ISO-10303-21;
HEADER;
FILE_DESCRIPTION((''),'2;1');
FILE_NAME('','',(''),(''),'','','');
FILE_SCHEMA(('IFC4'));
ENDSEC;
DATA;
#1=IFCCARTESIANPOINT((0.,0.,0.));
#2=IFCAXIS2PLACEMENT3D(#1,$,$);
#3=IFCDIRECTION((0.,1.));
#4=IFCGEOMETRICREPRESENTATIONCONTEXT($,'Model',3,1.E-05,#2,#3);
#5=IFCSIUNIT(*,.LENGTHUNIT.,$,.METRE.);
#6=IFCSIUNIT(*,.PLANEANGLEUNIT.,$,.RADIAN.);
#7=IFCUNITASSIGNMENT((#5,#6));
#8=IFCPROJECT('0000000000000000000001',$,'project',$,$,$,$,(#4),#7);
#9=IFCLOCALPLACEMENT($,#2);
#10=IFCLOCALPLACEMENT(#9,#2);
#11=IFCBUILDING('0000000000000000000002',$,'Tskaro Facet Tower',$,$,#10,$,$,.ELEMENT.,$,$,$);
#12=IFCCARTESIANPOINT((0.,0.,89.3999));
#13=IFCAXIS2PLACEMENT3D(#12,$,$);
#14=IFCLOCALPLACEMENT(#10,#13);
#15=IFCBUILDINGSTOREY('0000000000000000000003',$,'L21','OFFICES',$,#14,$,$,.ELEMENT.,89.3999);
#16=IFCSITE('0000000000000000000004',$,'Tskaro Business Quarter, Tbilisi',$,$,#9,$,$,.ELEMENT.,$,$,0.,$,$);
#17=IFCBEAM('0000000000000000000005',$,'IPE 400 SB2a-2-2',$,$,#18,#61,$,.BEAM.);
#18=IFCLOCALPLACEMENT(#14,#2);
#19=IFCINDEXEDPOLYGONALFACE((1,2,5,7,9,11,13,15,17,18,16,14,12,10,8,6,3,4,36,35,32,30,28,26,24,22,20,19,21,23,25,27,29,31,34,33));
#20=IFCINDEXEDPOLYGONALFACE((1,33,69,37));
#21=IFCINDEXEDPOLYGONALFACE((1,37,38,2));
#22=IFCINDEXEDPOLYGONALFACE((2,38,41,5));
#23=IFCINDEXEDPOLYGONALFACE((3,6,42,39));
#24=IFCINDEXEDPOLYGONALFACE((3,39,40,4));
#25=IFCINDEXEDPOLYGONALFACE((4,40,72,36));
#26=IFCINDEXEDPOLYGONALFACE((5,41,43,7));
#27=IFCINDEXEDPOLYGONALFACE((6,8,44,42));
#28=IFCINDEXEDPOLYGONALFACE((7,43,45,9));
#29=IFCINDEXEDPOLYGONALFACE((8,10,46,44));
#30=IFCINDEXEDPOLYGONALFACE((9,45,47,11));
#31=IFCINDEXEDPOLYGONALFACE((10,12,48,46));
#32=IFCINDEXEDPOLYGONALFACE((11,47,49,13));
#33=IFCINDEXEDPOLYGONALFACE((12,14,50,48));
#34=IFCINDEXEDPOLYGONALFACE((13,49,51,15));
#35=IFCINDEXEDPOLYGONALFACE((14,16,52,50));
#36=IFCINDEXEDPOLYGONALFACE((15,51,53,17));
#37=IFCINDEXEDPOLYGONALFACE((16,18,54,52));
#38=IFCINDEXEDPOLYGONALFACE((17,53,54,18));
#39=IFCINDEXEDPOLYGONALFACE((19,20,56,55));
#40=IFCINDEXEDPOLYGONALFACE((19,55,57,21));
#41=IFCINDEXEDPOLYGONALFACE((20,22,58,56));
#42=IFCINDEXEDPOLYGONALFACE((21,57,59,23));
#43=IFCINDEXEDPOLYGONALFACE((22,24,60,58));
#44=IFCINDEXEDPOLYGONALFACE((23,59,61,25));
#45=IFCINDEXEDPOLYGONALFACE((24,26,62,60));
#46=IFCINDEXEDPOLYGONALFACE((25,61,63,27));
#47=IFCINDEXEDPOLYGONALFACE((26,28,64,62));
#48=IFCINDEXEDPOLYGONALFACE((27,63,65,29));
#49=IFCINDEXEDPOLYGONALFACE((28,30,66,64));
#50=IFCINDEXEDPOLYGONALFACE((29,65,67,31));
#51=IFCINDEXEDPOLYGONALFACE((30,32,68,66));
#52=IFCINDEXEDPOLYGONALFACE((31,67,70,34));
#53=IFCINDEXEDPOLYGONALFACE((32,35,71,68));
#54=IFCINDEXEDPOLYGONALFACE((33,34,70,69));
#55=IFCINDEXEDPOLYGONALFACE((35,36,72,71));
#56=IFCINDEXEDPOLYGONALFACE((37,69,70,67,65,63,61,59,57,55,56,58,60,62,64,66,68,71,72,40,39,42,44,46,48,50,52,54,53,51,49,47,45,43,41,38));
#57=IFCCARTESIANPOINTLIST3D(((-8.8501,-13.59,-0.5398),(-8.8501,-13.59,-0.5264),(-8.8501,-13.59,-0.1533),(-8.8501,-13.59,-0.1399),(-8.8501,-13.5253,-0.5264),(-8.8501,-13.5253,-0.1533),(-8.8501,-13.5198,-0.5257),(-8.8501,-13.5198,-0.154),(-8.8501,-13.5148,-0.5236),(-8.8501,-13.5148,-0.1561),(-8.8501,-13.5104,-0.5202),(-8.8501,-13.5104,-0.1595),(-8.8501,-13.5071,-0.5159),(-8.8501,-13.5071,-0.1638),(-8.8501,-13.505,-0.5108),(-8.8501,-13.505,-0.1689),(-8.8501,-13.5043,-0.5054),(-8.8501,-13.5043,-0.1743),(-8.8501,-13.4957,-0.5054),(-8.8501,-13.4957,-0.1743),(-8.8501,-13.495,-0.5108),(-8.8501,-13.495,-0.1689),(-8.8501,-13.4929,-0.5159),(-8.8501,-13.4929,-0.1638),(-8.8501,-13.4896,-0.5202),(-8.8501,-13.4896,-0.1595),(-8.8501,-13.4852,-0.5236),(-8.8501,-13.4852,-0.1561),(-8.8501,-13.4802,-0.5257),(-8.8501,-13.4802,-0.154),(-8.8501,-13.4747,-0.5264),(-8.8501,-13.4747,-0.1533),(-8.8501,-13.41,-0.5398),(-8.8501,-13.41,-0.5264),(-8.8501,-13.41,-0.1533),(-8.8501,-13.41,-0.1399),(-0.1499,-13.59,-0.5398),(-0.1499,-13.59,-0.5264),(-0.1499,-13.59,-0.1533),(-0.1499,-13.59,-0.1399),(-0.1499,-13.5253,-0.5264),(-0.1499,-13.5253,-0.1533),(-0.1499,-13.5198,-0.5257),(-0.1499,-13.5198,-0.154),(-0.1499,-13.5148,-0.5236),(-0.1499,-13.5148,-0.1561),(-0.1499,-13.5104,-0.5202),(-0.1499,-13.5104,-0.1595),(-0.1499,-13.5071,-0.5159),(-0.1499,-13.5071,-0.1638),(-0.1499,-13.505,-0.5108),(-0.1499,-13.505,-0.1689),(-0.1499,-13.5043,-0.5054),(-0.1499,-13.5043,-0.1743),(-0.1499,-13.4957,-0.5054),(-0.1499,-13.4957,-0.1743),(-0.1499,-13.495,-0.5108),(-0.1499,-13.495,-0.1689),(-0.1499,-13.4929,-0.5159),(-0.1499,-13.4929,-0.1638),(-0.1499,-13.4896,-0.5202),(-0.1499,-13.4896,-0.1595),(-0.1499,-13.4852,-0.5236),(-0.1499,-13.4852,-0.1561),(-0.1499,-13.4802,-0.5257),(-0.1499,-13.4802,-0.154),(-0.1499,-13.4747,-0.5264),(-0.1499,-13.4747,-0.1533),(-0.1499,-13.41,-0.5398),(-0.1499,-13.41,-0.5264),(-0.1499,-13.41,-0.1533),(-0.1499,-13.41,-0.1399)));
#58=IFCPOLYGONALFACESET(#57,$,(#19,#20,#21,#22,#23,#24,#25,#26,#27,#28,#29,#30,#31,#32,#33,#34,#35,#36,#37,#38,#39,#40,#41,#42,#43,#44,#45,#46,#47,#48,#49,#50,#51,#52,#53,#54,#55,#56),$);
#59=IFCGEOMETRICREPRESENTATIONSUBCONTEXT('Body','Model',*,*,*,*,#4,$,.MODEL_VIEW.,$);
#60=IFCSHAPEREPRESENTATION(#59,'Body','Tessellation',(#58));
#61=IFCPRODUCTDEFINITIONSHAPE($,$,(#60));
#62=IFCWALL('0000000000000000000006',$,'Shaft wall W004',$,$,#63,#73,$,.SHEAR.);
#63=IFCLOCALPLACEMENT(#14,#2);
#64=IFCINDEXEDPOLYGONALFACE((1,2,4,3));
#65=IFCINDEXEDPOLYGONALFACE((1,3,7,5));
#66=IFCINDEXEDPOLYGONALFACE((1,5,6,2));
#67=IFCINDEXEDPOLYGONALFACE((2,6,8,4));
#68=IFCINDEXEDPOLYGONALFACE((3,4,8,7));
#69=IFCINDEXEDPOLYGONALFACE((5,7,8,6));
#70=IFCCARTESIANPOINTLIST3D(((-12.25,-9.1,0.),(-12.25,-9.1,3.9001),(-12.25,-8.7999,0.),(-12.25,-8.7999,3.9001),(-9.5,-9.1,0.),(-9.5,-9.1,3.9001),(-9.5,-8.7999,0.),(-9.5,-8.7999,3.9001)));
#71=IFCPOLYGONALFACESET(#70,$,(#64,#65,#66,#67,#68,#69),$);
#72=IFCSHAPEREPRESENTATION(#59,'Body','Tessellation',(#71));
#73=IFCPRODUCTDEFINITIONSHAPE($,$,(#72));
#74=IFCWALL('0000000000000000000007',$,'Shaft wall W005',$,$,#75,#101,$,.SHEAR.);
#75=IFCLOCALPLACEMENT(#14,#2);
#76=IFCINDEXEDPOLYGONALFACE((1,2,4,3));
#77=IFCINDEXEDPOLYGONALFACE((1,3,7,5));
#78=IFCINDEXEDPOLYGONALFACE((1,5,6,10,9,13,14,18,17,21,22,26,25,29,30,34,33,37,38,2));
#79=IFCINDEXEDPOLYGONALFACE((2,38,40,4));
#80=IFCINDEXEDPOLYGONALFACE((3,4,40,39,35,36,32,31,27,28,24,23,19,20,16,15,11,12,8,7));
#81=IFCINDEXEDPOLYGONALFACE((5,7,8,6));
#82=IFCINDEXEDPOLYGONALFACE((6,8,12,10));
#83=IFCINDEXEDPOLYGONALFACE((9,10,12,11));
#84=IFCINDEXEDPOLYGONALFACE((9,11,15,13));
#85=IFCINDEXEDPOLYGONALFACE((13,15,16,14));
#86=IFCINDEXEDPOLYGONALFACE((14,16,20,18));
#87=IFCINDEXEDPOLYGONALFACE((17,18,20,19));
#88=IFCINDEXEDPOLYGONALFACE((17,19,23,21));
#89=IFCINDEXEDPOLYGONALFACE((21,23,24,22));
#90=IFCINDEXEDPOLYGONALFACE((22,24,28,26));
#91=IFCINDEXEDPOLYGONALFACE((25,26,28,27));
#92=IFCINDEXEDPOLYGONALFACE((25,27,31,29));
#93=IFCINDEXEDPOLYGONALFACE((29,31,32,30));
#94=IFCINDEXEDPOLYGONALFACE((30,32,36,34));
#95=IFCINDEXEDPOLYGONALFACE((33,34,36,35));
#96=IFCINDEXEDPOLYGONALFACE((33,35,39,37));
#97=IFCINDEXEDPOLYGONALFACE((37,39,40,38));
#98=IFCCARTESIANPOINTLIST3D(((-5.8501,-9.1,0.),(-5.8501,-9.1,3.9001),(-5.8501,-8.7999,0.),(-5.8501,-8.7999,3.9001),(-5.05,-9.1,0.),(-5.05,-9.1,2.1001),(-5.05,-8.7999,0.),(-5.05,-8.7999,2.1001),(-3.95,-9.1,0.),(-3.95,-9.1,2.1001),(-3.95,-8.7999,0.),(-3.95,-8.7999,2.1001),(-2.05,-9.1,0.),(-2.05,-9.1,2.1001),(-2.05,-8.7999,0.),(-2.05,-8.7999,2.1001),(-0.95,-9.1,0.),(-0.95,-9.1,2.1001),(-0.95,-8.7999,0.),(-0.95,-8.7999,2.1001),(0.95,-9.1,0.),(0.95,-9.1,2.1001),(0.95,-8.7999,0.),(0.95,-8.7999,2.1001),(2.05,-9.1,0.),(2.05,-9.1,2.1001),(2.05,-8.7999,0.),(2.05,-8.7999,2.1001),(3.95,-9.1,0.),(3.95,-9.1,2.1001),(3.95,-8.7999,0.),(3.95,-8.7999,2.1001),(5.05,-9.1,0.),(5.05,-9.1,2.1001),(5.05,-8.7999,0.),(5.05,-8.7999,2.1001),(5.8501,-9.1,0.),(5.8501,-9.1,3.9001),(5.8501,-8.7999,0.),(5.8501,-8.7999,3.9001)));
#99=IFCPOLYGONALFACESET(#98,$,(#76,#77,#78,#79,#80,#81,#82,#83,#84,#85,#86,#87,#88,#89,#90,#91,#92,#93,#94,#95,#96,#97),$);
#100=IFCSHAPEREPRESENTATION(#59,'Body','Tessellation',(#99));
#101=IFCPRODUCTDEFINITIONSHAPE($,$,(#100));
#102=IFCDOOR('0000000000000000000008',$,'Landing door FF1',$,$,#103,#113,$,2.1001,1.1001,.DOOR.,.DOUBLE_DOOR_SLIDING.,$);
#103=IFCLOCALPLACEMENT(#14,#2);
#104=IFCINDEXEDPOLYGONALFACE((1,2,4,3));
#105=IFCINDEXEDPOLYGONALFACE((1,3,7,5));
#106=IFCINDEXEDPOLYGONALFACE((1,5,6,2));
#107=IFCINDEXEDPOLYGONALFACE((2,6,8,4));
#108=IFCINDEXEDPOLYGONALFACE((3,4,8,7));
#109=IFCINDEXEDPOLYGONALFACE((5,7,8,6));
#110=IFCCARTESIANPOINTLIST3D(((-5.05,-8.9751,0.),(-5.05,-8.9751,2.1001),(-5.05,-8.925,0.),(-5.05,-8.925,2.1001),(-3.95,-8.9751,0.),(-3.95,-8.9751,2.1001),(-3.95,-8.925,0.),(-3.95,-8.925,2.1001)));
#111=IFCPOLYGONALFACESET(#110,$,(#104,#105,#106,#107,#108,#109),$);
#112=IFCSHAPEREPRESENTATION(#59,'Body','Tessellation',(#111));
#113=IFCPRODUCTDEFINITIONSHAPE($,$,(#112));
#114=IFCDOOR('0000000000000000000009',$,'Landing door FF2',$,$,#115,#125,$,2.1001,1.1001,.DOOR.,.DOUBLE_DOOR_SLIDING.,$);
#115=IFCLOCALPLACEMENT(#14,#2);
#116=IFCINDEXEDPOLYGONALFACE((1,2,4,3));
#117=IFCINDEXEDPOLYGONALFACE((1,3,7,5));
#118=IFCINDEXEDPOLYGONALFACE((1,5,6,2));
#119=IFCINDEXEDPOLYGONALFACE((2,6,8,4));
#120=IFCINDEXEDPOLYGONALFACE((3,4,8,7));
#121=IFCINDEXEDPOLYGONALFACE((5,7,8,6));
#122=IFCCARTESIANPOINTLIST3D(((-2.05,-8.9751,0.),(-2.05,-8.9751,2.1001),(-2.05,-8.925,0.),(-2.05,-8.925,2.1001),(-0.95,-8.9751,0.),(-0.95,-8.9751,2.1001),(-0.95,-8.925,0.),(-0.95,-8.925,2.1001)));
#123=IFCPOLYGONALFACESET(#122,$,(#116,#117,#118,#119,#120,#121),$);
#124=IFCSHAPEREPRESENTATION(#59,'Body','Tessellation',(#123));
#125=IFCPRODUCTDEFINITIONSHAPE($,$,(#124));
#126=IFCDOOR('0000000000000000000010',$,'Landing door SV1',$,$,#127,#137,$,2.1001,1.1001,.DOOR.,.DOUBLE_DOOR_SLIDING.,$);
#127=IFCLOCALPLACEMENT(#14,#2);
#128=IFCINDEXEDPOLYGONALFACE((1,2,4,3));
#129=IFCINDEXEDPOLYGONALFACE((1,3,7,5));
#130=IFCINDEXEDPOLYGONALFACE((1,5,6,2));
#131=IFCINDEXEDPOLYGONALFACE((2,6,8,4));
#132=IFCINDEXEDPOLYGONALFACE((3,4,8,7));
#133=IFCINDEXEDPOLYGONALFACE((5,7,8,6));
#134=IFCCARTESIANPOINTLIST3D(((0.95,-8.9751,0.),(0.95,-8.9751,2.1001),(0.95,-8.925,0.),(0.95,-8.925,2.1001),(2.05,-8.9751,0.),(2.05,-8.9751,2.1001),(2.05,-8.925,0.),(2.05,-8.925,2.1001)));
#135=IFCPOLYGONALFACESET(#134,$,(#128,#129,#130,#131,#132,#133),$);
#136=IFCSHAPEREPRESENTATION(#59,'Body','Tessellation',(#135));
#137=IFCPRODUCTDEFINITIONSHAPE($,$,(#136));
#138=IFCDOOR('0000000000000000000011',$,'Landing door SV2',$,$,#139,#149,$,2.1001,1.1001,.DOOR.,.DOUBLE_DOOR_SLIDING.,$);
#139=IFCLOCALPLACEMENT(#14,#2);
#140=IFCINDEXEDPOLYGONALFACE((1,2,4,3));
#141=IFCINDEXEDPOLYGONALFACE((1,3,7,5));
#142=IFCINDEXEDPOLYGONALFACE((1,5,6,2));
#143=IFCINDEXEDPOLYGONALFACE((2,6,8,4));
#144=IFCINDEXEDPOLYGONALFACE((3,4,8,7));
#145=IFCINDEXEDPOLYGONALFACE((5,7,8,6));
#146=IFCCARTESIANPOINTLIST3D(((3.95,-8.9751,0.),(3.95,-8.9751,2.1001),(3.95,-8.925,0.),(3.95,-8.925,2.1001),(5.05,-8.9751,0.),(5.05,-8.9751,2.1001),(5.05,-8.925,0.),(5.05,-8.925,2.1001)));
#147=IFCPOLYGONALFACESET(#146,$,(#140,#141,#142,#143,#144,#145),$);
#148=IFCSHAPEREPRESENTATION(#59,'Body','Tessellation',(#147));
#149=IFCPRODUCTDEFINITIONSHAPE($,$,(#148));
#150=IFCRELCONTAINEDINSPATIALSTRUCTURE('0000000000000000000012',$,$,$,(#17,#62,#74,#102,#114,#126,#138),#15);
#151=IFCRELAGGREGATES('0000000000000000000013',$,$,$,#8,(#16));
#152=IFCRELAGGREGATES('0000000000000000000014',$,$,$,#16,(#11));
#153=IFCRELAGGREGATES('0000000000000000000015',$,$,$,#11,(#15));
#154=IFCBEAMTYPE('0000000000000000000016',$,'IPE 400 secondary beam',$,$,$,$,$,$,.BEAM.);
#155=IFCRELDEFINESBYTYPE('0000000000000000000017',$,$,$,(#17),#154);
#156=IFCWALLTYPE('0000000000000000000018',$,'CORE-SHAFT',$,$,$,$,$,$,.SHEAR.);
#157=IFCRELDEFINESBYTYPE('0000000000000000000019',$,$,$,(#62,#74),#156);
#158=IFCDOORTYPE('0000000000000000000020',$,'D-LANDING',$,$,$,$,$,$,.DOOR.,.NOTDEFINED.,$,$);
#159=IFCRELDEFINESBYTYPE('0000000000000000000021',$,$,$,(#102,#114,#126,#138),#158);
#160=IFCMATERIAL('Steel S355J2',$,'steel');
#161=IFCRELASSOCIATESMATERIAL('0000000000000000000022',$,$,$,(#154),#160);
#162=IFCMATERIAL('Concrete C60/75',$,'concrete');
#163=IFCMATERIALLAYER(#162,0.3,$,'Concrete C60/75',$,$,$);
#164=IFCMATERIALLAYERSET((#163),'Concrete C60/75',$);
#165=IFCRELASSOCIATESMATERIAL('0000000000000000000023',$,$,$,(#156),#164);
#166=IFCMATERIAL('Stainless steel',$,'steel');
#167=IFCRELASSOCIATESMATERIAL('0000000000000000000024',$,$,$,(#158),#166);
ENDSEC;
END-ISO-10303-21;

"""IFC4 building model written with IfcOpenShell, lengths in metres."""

from ifc_helpers import new_model, si_unit, direction, frame, frame_2d, origin, origin_2d, place, context, subcontext, project, spatial, rectangle, i_section, extrude, material, layer, layer_set, material_profile, profile_set, type_object, element, fill, save


model = new_model("IFC4")

# Units and contexts
model_context = context("Model", 3, precision=1e-05, world=origin(), true_north=direction((0.0, 1.0)))
body_context = subcontext(model_context, "Body", "Model", "MODEL_VIEW")
ifc_project = project(units=[si_unit("LENGTHUNIT", "METRE"), si_unit("PLANEANGLEUNIT", "RADIAN")], contexts=[model_context])

# Site, building, storey
site_placement = place(None, origin())
site = spatial("IfcSite", under=ifc_project, at=site_placement, Name="Tskaro Business Quarter, Tbilisi", CompositionType="ELEMENT", RefElevation=0.0)
building_placement = place(site_placement, origin())
building = spatial("IfcBuilding", under=site, at=building_placement, Name="Tskaro Facet Tower", CompositionType="ELEMENT")
storey_placement = place(building_placement, frame((0.0, 0.0, 89.3999)))
storey = spatial("IfcBuildingStorey", under=building, at=storey_placement, Name="L21", Description="OFFICES", CompositionType="ELEMENT", Elevation=89.3999)

# Beam
ifc_material_1 = material(Name="Steel S355J2", Category="steel")
ifc_material_profile = material_profile(ifc_material_1, i_section(OverallWidth=0.1799, OverallDepth=0.3999, WebThickness=0.0085, FlangeThickness=0.0134, FilletRadius=0.021, at=origin_2d()), Name="IPE 400")
ifc_profile_set = profile_set([ifc_material_profile], Name="Steel S355J2")
beam_type = type_object("IfcBeamType", Name="IPE 400 secondary beam", PredefinedType="BEAM", material=ifc_profile_set)
beam_placement = place(storey_placement, frame((-8.8501, -13.5, -0.3398), z_axis=(1.0, 0.0, 0.0), x_axis=(0.0, 1.0, 0.0)))
element("IfcBeam", 1, at=beam_placement, inside=storey, type_object=beam_type, Name="IPE 400 SB2a-2-2", PredefinedType="BEAM", context=body_context, shape_type="SweptSolid", body=[
    extrude(i_section(OverallWidth=0.1799, OverallDepth=0.3999, WebThickness=0.0085, FlangeThickness=0.0134, FilletRadius=0.021, at=origin_2d()), origin(), (0.0, 0.0, 1.0), 8.7002),
])

# Wall
ifc_material_2 = material(Name="Concrete C60/75", Category="concrete")
ifc_layer_1 = layer(ifc_material_2, 0.3, Name="Concrete C60/75")
ifc_layer_set_1 = layer_set([ifc_layer_1], Name="Concrete C60/75")
wall_type_1 = type_object("IfcWallType", Name="CORE-SHAFT", PredefinedType="SHEAR", material=ifc_layer_set_1)
wall_1_placement = place(storey_placement, frame((-12.25, -8.95, 0.0), z_axis=(0.0, 0.0, 1.0), x_axis=(1.0, 0.0, 0.0)))
element("IfcWall", 2, at=wall_1_placement, inside=storey, type_object=wall_type_1, Name="Shaft wall W004", PredefinedType="SHEAR", context=body_context, shape_type="SweptSolid", body=[
    extrude(rectangle(XDim=2.75, YDim=0.3, at=frame_2d((1.375, 0.0))), origin(), (0.0, 0.0, 1.0), 3.9001),
])

# Wall, openings, doors
wall_2_placement = place(storey_placement, frame((-5.8501, -8.95, 0.0), z_axis=(0.0, 0.0, 1.0), x_axis=(1.0, 0.0, 0.0)))
wall_2 = element("IfcWall", 3, at=wall_2_placement, inside=storey, type_object=wall_type_1, Name="Shaft wall W005", PredefinedType="SHEAR", context=body_context, shape_type="SweptSolid", body=[
    extrude(rectangle(XDim=11.7002, YDim=0.3, at=frame_2d((5.8501, 0.0))), origin(), (0.0, 0.0, 1.0), 3.9001),
])
opening_1_placement = place(wall_2_placement, frame((0.8, 0.0, 0.0)))
opening_1 = element("IfcOpeningElement", 4, at=opening_1_placement, cuts=wall_2, PredefinedType="OPENING", context=body_context, shape_type="SweptSolid", body=[
    extrude(rectangle(XDim=1.1001, YDim=2.1001, at=frame_2d((0.55, 1.05))), frame((0.0, 0.1599, 0.0), z_axis=(0.0, -1.0, 0.0), x_axis=(1.0, 0.0, 0.0)), (0.0, 0.0, 1.0), 0.3201),
])
opening_2_placement = place(wall_2_placement, frame((3.8, 0.0, 0.0)))
opening_2 = element("IfcOpeningElement", 5, at=opening_2_placement, cuts=wall_2, PredefinedType="OPENING", context=body_context, shape_type="SweptSolid", body=[
    extrude(rectangle(XDim=1.1001, YDim=2.1001, at=frame_2d((0.55, 1.05))), frame((0.0, 0.1599, 0.0), z_axis=(0.0, -1.0, 0.0), x_axis=(1.0, 0.0, 0.0)), (0.0, 0.0, 1.0), 0.3201),
])
opening_3_placement = place(wall_2_placement, frame((6.8, 0.0, 0.0)))
opening_3 = element("IfcOpeningElement", 6, at=opening_3_placement, cuts=wall_2, PredefinedType="OPENING", context=body_context, shape_type="SweptSolid", body=[
    extrude(rectangle(XDim=1.1001, YDim=2.1001, at=frame_2d((0.55, 1.05))), frame((0.0, 0.1599, 0.0), z_axis=(0.0, -1.0, 0.0), x_axis=(1.0, 0.0, 0.0)), (0.0, 0.0, 1.0), 0.3201),
])
opening_4_placement = place(wall_2_placement, frame((9.8, 0.0, 0.0)))
opening_4 = element("IfcOpeningElement", 7, at=opening_4_placement, cuts=wall_2, PredefinedType="OPENING", context=body_context, shape_type="SweptSolid", body=[
    extrude(rectangle(XDim=1.1001, YDim=2.1001, at=frame_2d((0.55, 1.05))), frame((0.0, 0.1599, 0.0), z_axis=(0.0, -1.0, 0.0), x_axis=(1.0, 0.0, 0.0)), (0.0, 0.0, 1.0), 0.3201),
])
ifc_material_3 = material(Name="Stainless steel", Category="steel")
door_type_1 = type_object("IfcDoorType", Name="D-LANDING", OperationType="NOTDEFINED", PredefinedType="DOOR", material=ifc_material_3)
door_1_placement = place(opening_1_placement, origin())
door_1 = element("IfcDoor", 8, at=door_1_placement, inside=storey, type_object=door_type_1, Name="Landing door FF1", OperationType="DOUBLE_DOOR_SLIDING", OverallHeight=2.1001, OverallWidth=1.1001, PredefinedType="DOOR", context=body_context, shape_type="SweptSolid", body=[
    extrude(rectangle(XDim=1.1001, YDim=2.1001, at=frame_2d((0.55, 1.05))), frame((0.0, 0.0249, 0.0), z_axis=(0.0, -1.0, 0.0), x_axis=(1.0, 0.0, 0.0)), (0.0, 0.0, 1.0), 0.05),
])
fill(opening_1, door_1)
door_2_placement = place(opening_2_placement, origin())
door_2 = element("IfcDoor", 9, at=door_2_placement, inside=storey, type_object=door_type_1, Name="Landing door FF2", OperationType="DOUBLE_DOOR_SLIDING", OverallHeight=2.1001, OverallWidth=1.1001, PredefinedType="DOOR", context=body_context, shape_type="SweptSolid", body=[
    extrude(rectangle(XDim=1.1001, YDim=2.1001, at=frame_2d((0.55, 1.05))), frame((0.0, 0.0249, 0.0), z_axis=(0.0, -1.0, 0.0), x_axis=(1.0, 0.0, 0.0)), (0.0, 0.0, 1.0), 0.05),
])
fill(opening_2, door_2)
door_3_placement = place(opening_3_placement, origin())
door_3 = element("IfcDoor", 10, at=door_3_placement, inside=storey, type_object=door_type_1, Name="Landing door SV1", OperationType="DOUBLE_DOOR_SLIDING", OverallHeight=2.1001, OverallWidth=1.1001, PredefinedType="DOOR", context=body_context, shape_type="SweptSolid", body=[
    extrude(rectangle(XDim=1.1001, YDim=2.1001, at=frame_2d((0.55, 1.05))), frame((0.0, 0.0249, 0.0), z_axis=(0.0, -1.0, 0.0), x_axis=(1.0, 0.0, 0.0)), (0.0, 0.0, 1.0), 0.05),
])
fill(opening_3, door_3)
door_4_placement = place(opening_4_placement, origin())
door_4 = element("IfcDoor", 11, at=door_4_placement, inside=storey, type_object=door_type_1, Name="Landing door SV2", OperationType="DOUBLE_DOOR_SLIDING", OverallHeight=2.1001, OverallWidth=1.1001, PredefinedType="DOOR", context=body_context, shape_type="SweptSolid", body=[
    extrude(rectangle(XDim=1.1001, YDim=2.1001, at=frame_2d((0.55, 1.05))), frame((0.0, 0.0249, 0.0), z_axis=(0.0, -1.0, 0.0), x_axis=(1.0, 0.0, 0.0)), (0.0, 0.0, 1.0), 0.05),
])
fill(opening_4, door_4)

save(model, "model.ifc")
